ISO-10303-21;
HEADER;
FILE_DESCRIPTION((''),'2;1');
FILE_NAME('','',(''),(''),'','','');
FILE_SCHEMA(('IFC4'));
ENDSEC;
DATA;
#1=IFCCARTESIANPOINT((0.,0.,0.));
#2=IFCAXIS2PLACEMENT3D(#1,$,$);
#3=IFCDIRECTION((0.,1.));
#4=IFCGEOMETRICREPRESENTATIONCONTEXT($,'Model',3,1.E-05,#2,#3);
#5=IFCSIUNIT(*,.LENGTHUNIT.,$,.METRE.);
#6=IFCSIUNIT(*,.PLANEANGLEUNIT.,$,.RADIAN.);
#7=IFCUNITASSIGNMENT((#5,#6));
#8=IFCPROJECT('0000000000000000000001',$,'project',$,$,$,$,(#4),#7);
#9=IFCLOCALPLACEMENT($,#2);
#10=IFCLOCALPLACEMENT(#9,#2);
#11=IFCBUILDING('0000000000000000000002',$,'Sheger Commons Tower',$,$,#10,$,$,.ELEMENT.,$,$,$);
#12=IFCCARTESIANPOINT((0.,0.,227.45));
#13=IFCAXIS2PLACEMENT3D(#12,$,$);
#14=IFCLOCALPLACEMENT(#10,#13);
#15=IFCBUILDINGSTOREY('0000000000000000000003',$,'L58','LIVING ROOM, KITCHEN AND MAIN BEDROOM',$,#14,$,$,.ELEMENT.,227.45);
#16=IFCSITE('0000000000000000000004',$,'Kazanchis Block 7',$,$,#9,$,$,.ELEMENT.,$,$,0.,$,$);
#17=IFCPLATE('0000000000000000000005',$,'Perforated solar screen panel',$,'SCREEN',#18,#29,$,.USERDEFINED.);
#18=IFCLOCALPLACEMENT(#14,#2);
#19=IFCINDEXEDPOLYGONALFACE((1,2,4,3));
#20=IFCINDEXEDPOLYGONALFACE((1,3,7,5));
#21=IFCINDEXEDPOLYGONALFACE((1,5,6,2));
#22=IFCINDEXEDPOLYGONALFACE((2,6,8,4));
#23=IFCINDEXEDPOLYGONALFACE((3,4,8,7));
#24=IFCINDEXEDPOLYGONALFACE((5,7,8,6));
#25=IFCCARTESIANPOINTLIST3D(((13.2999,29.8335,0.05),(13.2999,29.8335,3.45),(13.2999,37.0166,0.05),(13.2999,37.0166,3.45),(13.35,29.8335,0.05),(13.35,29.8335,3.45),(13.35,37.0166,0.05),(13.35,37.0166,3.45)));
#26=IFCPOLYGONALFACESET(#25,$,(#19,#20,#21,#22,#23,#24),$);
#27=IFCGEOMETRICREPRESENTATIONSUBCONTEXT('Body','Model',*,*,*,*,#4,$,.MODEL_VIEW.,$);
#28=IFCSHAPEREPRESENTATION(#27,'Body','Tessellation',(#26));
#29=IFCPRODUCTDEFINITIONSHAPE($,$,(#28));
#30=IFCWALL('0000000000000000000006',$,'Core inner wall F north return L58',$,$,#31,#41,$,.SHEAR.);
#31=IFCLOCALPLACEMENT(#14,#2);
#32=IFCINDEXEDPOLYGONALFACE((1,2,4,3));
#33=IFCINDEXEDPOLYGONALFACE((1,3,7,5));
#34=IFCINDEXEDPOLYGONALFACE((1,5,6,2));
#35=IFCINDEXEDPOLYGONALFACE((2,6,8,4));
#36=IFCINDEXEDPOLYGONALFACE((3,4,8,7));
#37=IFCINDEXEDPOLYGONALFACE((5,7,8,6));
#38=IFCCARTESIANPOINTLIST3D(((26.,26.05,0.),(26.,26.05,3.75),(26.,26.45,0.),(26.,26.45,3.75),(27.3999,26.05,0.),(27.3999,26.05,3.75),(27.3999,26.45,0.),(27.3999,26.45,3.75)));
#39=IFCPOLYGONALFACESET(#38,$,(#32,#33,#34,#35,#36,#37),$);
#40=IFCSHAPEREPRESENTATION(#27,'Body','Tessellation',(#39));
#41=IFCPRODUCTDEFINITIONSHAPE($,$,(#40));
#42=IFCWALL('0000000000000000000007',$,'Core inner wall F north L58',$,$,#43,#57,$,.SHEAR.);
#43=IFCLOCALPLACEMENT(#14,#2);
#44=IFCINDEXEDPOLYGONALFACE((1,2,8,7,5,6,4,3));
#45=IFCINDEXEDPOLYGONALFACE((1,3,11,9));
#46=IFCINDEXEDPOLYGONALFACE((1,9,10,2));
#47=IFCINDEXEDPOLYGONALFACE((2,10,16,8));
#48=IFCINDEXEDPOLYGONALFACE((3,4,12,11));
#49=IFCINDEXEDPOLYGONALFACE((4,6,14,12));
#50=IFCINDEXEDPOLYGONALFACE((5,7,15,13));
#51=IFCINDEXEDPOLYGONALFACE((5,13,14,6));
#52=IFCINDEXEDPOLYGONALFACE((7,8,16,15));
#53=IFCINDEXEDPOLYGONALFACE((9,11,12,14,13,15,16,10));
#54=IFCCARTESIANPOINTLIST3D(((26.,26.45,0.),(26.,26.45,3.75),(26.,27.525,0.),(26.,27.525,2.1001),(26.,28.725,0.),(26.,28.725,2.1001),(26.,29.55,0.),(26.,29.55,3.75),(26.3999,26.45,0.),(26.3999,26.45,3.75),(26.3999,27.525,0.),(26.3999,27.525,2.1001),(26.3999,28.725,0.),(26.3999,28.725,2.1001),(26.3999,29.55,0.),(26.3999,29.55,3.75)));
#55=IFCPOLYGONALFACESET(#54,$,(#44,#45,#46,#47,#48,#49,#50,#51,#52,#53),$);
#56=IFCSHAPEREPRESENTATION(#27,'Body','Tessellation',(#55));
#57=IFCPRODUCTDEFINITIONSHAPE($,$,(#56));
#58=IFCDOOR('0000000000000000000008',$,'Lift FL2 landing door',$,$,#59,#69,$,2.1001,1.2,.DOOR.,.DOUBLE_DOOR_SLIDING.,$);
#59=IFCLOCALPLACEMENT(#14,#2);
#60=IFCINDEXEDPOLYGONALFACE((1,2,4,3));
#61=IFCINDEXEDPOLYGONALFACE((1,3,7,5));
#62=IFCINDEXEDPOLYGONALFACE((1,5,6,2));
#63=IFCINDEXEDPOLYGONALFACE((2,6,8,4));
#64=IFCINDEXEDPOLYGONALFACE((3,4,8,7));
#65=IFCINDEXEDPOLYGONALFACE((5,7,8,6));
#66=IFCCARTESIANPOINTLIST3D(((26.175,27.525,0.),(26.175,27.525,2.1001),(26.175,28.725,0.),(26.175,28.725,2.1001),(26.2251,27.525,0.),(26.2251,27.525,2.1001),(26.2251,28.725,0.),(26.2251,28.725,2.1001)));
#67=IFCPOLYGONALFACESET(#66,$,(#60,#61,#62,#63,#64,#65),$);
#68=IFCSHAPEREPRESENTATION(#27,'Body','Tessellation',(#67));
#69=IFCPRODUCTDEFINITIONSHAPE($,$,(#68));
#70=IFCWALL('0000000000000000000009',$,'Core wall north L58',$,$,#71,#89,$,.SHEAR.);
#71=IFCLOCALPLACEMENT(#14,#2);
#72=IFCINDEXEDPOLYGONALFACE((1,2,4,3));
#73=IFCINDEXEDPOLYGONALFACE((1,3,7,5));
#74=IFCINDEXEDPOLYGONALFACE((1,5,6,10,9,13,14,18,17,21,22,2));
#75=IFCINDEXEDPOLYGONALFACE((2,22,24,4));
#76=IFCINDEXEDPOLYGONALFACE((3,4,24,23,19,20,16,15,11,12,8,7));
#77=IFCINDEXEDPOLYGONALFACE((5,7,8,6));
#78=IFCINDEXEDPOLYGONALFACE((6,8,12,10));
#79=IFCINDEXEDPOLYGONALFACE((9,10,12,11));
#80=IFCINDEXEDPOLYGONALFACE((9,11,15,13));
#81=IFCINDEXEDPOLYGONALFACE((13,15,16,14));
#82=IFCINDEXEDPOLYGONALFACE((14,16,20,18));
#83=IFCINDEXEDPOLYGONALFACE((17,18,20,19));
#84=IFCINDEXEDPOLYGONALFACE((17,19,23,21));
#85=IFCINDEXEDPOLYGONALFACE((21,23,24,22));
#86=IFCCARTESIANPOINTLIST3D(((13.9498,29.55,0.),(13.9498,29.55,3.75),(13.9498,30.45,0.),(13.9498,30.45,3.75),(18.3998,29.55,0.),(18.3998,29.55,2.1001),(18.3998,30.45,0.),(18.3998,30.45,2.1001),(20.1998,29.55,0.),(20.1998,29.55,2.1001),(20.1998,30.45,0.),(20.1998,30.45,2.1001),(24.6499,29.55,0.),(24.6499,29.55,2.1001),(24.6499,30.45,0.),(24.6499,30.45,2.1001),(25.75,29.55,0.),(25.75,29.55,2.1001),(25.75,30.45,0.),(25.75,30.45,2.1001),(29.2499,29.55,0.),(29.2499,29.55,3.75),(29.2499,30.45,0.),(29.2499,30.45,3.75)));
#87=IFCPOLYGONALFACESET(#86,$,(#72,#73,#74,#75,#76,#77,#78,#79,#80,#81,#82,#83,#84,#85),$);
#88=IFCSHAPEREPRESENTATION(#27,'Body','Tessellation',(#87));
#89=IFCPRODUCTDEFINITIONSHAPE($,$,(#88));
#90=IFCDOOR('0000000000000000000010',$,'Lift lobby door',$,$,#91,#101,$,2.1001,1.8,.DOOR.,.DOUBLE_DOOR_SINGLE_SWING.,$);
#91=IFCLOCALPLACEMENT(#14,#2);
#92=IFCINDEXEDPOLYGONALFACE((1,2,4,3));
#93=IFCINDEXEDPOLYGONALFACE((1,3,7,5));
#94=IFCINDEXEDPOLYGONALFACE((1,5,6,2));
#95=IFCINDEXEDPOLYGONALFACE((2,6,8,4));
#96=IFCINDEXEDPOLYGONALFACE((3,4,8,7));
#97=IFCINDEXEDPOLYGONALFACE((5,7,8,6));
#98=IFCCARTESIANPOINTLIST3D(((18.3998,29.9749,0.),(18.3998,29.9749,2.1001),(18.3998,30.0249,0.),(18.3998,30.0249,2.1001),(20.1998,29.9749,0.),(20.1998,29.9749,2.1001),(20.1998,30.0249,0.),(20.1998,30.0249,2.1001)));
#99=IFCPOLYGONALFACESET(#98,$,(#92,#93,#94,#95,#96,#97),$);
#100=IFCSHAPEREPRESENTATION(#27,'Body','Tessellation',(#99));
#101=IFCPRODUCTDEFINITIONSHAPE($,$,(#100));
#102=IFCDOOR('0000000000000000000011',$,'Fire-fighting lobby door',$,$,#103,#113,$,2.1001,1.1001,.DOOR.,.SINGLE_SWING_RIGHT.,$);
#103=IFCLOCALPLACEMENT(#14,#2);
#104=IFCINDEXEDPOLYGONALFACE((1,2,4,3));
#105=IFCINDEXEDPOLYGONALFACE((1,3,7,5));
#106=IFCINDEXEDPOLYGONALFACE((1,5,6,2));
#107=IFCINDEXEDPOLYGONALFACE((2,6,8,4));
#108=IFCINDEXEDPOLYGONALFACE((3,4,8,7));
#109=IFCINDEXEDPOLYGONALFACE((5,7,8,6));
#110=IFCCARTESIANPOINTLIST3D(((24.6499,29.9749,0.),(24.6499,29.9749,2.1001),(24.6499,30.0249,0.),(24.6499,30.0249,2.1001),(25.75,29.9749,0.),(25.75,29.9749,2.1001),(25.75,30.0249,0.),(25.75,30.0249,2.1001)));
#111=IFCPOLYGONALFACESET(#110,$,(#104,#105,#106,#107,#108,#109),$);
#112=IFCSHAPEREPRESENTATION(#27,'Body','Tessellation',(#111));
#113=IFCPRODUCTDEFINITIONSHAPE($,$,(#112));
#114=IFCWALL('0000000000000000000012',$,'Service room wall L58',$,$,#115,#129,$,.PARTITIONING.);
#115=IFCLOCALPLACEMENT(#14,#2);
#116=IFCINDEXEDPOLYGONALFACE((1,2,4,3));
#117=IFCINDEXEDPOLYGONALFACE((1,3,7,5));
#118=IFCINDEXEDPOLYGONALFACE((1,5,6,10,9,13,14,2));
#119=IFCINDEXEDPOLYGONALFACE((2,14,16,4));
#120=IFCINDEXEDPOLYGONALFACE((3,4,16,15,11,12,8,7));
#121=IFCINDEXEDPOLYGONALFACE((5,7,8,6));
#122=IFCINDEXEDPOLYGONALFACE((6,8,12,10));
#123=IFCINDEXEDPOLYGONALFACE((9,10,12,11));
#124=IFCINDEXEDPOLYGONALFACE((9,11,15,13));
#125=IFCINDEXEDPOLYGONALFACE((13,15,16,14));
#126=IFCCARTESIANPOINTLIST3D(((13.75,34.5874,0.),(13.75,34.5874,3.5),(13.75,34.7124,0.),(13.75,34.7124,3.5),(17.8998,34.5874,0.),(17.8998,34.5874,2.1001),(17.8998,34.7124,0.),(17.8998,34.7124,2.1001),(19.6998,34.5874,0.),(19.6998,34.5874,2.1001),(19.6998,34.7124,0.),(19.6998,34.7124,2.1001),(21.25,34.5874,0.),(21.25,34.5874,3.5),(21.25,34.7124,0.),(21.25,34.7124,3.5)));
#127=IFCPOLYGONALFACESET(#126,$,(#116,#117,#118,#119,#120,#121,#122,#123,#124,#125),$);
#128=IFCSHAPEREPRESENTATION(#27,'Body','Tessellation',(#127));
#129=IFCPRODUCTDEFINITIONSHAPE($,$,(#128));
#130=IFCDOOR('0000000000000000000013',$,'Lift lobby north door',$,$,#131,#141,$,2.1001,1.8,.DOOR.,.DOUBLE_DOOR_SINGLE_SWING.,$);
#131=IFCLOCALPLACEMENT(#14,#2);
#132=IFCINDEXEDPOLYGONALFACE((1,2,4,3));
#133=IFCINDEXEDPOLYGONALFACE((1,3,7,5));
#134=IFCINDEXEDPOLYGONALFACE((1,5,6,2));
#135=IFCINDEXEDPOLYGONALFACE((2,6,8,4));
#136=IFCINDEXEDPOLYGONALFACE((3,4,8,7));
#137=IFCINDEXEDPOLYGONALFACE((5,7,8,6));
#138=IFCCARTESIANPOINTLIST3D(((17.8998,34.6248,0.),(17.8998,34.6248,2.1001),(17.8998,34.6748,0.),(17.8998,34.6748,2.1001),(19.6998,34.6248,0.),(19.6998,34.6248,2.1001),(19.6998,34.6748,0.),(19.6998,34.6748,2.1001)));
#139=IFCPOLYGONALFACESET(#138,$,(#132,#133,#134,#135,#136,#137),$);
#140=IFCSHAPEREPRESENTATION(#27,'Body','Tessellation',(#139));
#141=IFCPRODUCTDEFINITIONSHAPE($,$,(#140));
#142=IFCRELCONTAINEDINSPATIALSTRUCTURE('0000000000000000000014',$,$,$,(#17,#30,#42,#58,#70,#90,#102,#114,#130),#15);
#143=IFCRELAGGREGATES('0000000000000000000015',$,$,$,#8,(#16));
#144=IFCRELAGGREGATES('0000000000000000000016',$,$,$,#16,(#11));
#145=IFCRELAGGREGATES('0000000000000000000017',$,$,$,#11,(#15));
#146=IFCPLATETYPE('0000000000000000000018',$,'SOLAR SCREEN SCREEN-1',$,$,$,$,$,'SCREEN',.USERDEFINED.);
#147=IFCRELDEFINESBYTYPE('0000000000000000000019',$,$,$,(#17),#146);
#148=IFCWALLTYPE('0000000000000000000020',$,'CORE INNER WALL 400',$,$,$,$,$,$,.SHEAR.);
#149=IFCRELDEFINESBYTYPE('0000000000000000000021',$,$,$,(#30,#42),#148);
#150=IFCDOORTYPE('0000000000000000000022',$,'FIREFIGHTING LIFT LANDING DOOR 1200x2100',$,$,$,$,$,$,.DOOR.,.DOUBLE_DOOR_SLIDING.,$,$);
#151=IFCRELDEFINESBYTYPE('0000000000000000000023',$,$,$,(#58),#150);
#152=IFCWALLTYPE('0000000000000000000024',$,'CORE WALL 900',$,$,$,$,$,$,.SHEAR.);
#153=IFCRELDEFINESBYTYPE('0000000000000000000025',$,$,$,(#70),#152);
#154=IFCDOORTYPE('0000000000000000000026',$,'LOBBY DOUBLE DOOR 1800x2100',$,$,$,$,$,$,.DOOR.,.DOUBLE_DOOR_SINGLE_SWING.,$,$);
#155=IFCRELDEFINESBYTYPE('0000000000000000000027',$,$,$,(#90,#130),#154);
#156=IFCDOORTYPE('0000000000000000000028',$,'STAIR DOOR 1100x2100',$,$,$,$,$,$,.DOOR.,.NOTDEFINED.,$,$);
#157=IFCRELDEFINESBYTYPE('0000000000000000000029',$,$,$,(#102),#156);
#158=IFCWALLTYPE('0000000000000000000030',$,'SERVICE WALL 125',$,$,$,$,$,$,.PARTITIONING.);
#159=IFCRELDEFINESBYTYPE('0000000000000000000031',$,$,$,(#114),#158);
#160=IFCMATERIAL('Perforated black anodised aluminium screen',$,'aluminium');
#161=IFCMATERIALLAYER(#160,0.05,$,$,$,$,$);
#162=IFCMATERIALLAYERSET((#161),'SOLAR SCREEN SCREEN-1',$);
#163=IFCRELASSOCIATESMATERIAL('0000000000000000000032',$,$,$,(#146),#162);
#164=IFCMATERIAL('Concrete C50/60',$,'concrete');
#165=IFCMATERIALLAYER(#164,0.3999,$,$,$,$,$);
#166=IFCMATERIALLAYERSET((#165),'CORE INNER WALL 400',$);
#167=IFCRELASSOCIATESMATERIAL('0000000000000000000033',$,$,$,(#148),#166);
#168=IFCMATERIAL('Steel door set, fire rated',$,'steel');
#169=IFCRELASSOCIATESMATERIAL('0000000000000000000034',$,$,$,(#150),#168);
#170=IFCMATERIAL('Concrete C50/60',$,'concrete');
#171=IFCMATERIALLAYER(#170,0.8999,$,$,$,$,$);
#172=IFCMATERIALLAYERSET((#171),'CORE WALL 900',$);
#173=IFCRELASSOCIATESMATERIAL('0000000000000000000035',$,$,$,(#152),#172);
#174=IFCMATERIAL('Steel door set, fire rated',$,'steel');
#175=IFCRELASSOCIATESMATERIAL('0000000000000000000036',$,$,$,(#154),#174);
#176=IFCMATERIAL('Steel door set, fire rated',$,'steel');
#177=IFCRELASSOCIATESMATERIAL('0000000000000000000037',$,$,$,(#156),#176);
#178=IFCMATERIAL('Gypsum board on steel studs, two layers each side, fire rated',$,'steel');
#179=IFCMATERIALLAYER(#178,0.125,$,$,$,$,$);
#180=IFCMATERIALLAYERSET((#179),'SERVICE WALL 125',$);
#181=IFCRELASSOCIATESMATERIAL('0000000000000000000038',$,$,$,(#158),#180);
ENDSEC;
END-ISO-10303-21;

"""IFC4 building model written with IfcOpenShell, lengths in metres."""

from ifc_helpers import new_model, si_unit, direction, frame, frame_2d, origin, origin_2d, place, context, subcontext, project, spatial, rectangle, extrude, material, layer, layer_set, type_object, element, fill, save


model = new_model("IFC4")

# Units and contexts
model_context = context("Model", 3, precision=1e-05, world=origin(), true_north=direction((0.0, 1.0)))
body_context = subcontext(model_context, "Body", "Model", "MODEL_VIEW")
ifc_project = project(units=[si_unit("LENGTHUNIT", "METRE"), si_unit("PLANEANGLEUNIT", "RADIAN")], contexts=[model_context])

# Site, building, storey
site_placement = place(None, origin())
site = spatial("IfcSite", under=ifc_project, at=site_placement, Name="Kazanchis Block 7", CompositionType="ELEMENT", RefElevation=0.0)
building_placement = place(site_placement, origin())
building = spatial("IfcBuilding", under=site, at=building_placement, Name="Sheger Commons Tower", CompositionType="ELEMENT")
storey_placement = place(building_placement, frame((0.0, 0.0, 227.45)))
storey = spatial("IfcBuildingStorey", under=building, at=storey_placement, Name="L58", Description="LIVING ROOM, KITCHEN AND MAIN BEDROOM", CompositionType="ELEMENT", Elevation=227.45)

# Plate
ifc_material_1 = material(Name="Perforated black anodised aluminium screen", Category="aluminium")
ifc_layer_1 = layer(ifc_material_1, 0.05)
ifc_layer_set_1 = layer_set([ifc_layer_1], Name="SOLAR SCREEN SCREEN-1")
plate_type = type_object("IfcPlateType", Name="SOLAR SCREEN SCREEN-1", ElementType="SCREEN", PredefinedType="USERDEFINED", material=ifc_layer_set_1)
plate_placement = place(storey_placement, frame((13.325, 33.425, 0.05), z_axis=(0.0, 0.0, 1.0), x_axis=(0.0, -1.0, 0.0)))
element("IfcPlate", 1, at=plate_placement, inside=storey, type_object=plate_type, Name="Perforated solar screen panel", ObjectType="SCREEN", PredefinedType="USERDEFINED", context=body_context, shape_type="SweptSolid", body=[
    extrude(rectangle(XDim=7.1831, YDim=0.05, at=origin_2d()), origin(), (0.0, 0.0, 1.0), 3.3999),
])

# Wall
ifc_material_2 = material(Name="Concrete C50/60", Category="concrete")
ifc_layer_2 = layer(ifc_material_2, 0.3999)
ifc_layer_set_2 = layer_set([ifc_layer_2], Name="CORE INNER WALL 400")
wall_type_1 = type_object("IfcWallType", Name="CORE INNER WALL 400", PredefinedType="SHEAR", material=ifc_layer_set_2)
wall_1_placement = place(storey_placement, frame((26.0, 26.25, 0.0), z_axis=(0.0, 0.0, 1.0), x_axis=(1.0, 0.0, 0.0)))
element("IfcWall", 2, at=wall_1_placement, inside=storey, type_object=wall_type_1, Name="Core inner wall F north return L58", PredefinedType="SHEAR", context=body_context, shape_type="SweptSolid", body=[
    extrude(rectangle(XDim=1.3999, YDim=0.3999, at=frame_2d((0.7, 0.0))), origin(), (0.0, 0.0, 1.0), 3.75),
])

# Wall, opening, door
wall_2_placement = place(storey_placement, frame((26.2, 26.45, 0.0), z_axis=(0.0, 0.0, 1.0), x_axis=(0.0, 1.0, 0.0)))
wall_2 = element("IfcWall", 3, at=wall_2_placement, inside=storey, type_object=wall_type_1, Name="Core inner wall F north L58", PredefinedType="SHEAR", context=body_context, shape_type="SweptSolid", body=[
    extrude(rectangle(XDim=3.1001, YDim=0.3999, at=frame_2d((1.55, 0.0))), origin(), (0.0, 0.0, 1.0), 3.75),
])
opening_1_placement = place(wall_2_placement, frame((1.075, 0.0, 0.0)))
opening_1 = element("IfcOpeningElement", 4, at=opening_1_placement, cuts=wall_2, PredefinedType="OPENING", context=body_context, shape_type="SweptSolid", body=[
    extrude(rectangle(XDim=1.2, YDim=2.1001, at=frame_2d((0.6001, 1.05))), frame((0.0, 0.21, 0.0), z_axis=(0.0, -1.0, 0.0), x_axis=(1.0, 0.0, 0.0)), (0.0, 0.0, 1.0), 0.4199),
])
ifc_material_3 = material(Name="Steel door set, fire rated", Category="steel")
door_type_1 = type_object("IfcDoorType", Name="FIREFIGHTING LIFT LANDING DOOR 1200x2100", OperationType="DOUBLE_DOOR_SLIDING", PredefinedType="DOOR", material=ifc_material_3)
door_1_placement = place(opening_1_placement, origin())
door_1 = element("IfcDoor", 5, at=door_1_placement, inside=storey, type_object=door_type_1, Name="Lift FL2 landing door", OperationType="DOUBLE_DOOR_SLIDING", OverallHeight=2.1001, OverallWidth=1.2, PredefinedType="DOOR", context=body_context, shape_type="SweptSolid", body=[
    extrude(rectangle(XDim=1.2, YDim=2.1001, at=frame_2d((0.6001, 1.05))), frame((0.0, 0.0249, 0.0), z_axis=(0.0, -1.0, 0.0), x_axis=(1.0, 0.0, 0.0)), (0.0, 0.0, 1.0), 0.05),
])
fill(opening_1, door_1)

# Wall, openings, doors
ifc_material_4 = material(Name="Concrete C50/60", Category="concrete")
ifc_layer_3 = layer(ifc_material_4, 0.8999)
ifc_layer_set_3 = layer_set([ifc_layer_3], Name="CORE WALL 900")
wall_type_2 = type_object("IfcWallType", Name="CORE WALL 900", PredefinedType="SHEAR", material=ifc_layer_set_3)
wall_3_placement = place(storey_placement, frame((13.95, 30.0, 0.0), z_axis=(0.0, 0.0, 1.0), x_axis=(1.0, 0.0, 0.0)))
wall_3 = element("IfcWall", 6, at=wall_3_placement, inside=storey, type_object=wall_type_2, Name="Core wall north L58", PredefinedType="SHEAR", context=body_context, shape_type="SweptSolid", body=[
    extrude(rectangle(XDim=15.3, YDim=0.8999, at=frame_2d((7.6499, 0.0))), origin(), (0.0, 0.0, 1.0), 3.75),
])
opening_2_placement = place(wall_3_placement, frame((4.45, 0.0, 0.0)))
opening_2 = element("IfcOpeningElement", 7, at=opening_2_placement, cuts=wall_3, PredefinedType="OPENING", context=body_context, shape_type="SweptSolid", body=[
    extrude(rectangle(XDim=1.8, YDim=2.1001, at=frame_2d((0.8999, 1.05))), frame((0.0, 0.46, 0.0), z_axis=(0.0, -1.0, 0.0), x_axis=(1.0, 0.0, 0.0)), (0.0, 0.0, 1.0), 0.9199),
])
opening_3_placement = place(wall_3_placement, frame((10.7, 0.0, 0.0)))
opening_3 = element("IfcOpeningElement", 8, at=opening_3_placement, cuts=wall_3, PredefinedType="OPENING", context=body_context, shape_type="SweptSolid", body=[
    extrude(rectangle(XDim=1.1001, YDim=2.1001, at=frame_2d((0.55, 1.05))), frame((0.0, 0.46, 0.0), z_axis=(0.0, -1.0, 0.0), x_axis=(1.0, 0.0, 0.0)), (0.0, 0.0, 1.0), 0.9199),
])
ifc_material_5 = material(Name="Steel door set, fire rated", Category="steel")
door_type_2 = type_object("IfcDoorType", Name="LOBBY DOUBLE DOOR 1800x2100", OperationType="DOUBLE_DOOR_SINGLE_SWING", PredefinedType="DOOR", material=ifc_material_5)
door_2_placement = place(opening_2_placement, origin())
door_2 = element("IfcDoor", 9, at=door_2_placement, inside=storey, type_object=door_type_2, Name="Lift lobby door", OperationType="DOUBLE_DOOR_SINGLE_SWING", OverallHeight=2.1001, OverallWidth=1.8, PredefinedType="DOOR", context=body_context, shape_type="SweptSolid", body=[
    extrude(rectangle(XDim=1.8, YDim=2.1001, at=frame_2d((0.8999, 1.05))), frame((0.0, 0.0249, 0.0), z_axis=(0.0, -1.0, 0.0), x_axis=(1.0, 0.0, 0.0)), (0.0, 0.0, 1.0), 0.05),
])
fill(opening_2, door_2)
ifc_material_6 = material(Name="Steel door set, fire rated", Category="steel")
door_type_3 = type_object("IfcDoorType", Name="STAIR DOOR 1100x2100", OperationType="NOTDEFINED", PredefinedType="DOOR", material=ifc_material_6)
door_3_placement = place(opening_3_placement, origin())
door_3 = element("IfcDoor", 10, at=door_3_placement, inside=storey, type_object=door_type_3, Name="Fire-fighting lobby door", OperationType="SINGLE_SWING_RIGHT", OverallHeight=2.1001, OverallWidth=1.1001, PredefinedType="DOOR", context=body_context, shape_type="SweptSolid", body=[
    extrude(rectangle(XDim=1.1001, YDim=2.1001, at=frame_2d((0.55, 1.05))), frame((0.0, 0.0249, 0.0), z_axis=(0.0, -1.0, 0.0), x_axis=(1.0, 0.0, 0.0)), (0.0, 0.0, 1.0), 0.05),
])
fill(opening_3, door_3)

# Wall, opening, door
ifc_material_7 = material(Name="Gypsum board on steel studs, two layers each side, fire rated", Category="steel")
ifc_layer_4 = layer(ifc_material_7, 0.125)
ifc_layer_set_4 = layer_set([ifc_layer_4], Name="SERVICE WALL 125")
wall_type_3 = type_object("IfcWallType", Name="SERVICE WALL 125", PredefinedType="PARTITIONING", material=ifc_layer_set_4)
wall_4_placement = place(storey_placement, frame((13.75, 34.6499, 0.0), z_axis=(0.0, 0.0, 1.0), x_axis=(1.0, 0.0, 0.0)))
wall_4 = element("IfcWall", 11, at=wall_4_placement, inside=storey, type_object=wall_type_3, Name="Service room wall L58", PredefinedType="PARTITIONING", context=body_context, shape_type="SweptSolid", body=[
    extrude(rectangle(XDim=7.5, YDim=0.125, at=frame_2d((3.75, 0.0))), origin(), (0.0, 0.0, 1.0), 3.5),
])
opening_4_placement = place(wall_4_placement, frame((4.1499, 0.0, 0.0)))
opening_4 = element("IfcOpeningElement", 12, at=opening_4_placement, cuts=wall_4, PredefinedType="OPENING", context=body_context, shape_type="SweptSolid", body=[
    extrude(rectangle(XDim=1.8, YDim=2.1001, at=frame_2d((0.8999, 1.05))), frame((0.0, 0.0725, 0.0), z_axis=(0.0, -1.0, 0.0), x_axis=(1.0, 0.0, 0.0)), (0.0, 0.0, 1.0), 0.145),
])
door_4_placement = place(opening_4_placement, origin())
door_4 = element("IfcDoor", 13, at=door_4_placement, inside=storey, type_object=door_type_2, Name="Lift lobby north door", OperationType="DOUBLE_DOOR_SINGLE_SWING", OverallHeight=2.1001, OverallWidth=1.8, PredefinedType="DOOR", context=body_context, shape_type="SweptSolid", body=[
    extrude(rectangle(XDim=1.8, YDim=2.1001, at=frame_2d((0.8999, 1.05))), frame((0.0, 0.0249, 0.0), z_axis=(0.0, -1.0, 0.0), x_axis=(1.0, 0.0, 0.0)), (0.0, 0.0, 1.0), 0.05),
])
fill(opening_4, door_4)

save(model, "model.ifc")
